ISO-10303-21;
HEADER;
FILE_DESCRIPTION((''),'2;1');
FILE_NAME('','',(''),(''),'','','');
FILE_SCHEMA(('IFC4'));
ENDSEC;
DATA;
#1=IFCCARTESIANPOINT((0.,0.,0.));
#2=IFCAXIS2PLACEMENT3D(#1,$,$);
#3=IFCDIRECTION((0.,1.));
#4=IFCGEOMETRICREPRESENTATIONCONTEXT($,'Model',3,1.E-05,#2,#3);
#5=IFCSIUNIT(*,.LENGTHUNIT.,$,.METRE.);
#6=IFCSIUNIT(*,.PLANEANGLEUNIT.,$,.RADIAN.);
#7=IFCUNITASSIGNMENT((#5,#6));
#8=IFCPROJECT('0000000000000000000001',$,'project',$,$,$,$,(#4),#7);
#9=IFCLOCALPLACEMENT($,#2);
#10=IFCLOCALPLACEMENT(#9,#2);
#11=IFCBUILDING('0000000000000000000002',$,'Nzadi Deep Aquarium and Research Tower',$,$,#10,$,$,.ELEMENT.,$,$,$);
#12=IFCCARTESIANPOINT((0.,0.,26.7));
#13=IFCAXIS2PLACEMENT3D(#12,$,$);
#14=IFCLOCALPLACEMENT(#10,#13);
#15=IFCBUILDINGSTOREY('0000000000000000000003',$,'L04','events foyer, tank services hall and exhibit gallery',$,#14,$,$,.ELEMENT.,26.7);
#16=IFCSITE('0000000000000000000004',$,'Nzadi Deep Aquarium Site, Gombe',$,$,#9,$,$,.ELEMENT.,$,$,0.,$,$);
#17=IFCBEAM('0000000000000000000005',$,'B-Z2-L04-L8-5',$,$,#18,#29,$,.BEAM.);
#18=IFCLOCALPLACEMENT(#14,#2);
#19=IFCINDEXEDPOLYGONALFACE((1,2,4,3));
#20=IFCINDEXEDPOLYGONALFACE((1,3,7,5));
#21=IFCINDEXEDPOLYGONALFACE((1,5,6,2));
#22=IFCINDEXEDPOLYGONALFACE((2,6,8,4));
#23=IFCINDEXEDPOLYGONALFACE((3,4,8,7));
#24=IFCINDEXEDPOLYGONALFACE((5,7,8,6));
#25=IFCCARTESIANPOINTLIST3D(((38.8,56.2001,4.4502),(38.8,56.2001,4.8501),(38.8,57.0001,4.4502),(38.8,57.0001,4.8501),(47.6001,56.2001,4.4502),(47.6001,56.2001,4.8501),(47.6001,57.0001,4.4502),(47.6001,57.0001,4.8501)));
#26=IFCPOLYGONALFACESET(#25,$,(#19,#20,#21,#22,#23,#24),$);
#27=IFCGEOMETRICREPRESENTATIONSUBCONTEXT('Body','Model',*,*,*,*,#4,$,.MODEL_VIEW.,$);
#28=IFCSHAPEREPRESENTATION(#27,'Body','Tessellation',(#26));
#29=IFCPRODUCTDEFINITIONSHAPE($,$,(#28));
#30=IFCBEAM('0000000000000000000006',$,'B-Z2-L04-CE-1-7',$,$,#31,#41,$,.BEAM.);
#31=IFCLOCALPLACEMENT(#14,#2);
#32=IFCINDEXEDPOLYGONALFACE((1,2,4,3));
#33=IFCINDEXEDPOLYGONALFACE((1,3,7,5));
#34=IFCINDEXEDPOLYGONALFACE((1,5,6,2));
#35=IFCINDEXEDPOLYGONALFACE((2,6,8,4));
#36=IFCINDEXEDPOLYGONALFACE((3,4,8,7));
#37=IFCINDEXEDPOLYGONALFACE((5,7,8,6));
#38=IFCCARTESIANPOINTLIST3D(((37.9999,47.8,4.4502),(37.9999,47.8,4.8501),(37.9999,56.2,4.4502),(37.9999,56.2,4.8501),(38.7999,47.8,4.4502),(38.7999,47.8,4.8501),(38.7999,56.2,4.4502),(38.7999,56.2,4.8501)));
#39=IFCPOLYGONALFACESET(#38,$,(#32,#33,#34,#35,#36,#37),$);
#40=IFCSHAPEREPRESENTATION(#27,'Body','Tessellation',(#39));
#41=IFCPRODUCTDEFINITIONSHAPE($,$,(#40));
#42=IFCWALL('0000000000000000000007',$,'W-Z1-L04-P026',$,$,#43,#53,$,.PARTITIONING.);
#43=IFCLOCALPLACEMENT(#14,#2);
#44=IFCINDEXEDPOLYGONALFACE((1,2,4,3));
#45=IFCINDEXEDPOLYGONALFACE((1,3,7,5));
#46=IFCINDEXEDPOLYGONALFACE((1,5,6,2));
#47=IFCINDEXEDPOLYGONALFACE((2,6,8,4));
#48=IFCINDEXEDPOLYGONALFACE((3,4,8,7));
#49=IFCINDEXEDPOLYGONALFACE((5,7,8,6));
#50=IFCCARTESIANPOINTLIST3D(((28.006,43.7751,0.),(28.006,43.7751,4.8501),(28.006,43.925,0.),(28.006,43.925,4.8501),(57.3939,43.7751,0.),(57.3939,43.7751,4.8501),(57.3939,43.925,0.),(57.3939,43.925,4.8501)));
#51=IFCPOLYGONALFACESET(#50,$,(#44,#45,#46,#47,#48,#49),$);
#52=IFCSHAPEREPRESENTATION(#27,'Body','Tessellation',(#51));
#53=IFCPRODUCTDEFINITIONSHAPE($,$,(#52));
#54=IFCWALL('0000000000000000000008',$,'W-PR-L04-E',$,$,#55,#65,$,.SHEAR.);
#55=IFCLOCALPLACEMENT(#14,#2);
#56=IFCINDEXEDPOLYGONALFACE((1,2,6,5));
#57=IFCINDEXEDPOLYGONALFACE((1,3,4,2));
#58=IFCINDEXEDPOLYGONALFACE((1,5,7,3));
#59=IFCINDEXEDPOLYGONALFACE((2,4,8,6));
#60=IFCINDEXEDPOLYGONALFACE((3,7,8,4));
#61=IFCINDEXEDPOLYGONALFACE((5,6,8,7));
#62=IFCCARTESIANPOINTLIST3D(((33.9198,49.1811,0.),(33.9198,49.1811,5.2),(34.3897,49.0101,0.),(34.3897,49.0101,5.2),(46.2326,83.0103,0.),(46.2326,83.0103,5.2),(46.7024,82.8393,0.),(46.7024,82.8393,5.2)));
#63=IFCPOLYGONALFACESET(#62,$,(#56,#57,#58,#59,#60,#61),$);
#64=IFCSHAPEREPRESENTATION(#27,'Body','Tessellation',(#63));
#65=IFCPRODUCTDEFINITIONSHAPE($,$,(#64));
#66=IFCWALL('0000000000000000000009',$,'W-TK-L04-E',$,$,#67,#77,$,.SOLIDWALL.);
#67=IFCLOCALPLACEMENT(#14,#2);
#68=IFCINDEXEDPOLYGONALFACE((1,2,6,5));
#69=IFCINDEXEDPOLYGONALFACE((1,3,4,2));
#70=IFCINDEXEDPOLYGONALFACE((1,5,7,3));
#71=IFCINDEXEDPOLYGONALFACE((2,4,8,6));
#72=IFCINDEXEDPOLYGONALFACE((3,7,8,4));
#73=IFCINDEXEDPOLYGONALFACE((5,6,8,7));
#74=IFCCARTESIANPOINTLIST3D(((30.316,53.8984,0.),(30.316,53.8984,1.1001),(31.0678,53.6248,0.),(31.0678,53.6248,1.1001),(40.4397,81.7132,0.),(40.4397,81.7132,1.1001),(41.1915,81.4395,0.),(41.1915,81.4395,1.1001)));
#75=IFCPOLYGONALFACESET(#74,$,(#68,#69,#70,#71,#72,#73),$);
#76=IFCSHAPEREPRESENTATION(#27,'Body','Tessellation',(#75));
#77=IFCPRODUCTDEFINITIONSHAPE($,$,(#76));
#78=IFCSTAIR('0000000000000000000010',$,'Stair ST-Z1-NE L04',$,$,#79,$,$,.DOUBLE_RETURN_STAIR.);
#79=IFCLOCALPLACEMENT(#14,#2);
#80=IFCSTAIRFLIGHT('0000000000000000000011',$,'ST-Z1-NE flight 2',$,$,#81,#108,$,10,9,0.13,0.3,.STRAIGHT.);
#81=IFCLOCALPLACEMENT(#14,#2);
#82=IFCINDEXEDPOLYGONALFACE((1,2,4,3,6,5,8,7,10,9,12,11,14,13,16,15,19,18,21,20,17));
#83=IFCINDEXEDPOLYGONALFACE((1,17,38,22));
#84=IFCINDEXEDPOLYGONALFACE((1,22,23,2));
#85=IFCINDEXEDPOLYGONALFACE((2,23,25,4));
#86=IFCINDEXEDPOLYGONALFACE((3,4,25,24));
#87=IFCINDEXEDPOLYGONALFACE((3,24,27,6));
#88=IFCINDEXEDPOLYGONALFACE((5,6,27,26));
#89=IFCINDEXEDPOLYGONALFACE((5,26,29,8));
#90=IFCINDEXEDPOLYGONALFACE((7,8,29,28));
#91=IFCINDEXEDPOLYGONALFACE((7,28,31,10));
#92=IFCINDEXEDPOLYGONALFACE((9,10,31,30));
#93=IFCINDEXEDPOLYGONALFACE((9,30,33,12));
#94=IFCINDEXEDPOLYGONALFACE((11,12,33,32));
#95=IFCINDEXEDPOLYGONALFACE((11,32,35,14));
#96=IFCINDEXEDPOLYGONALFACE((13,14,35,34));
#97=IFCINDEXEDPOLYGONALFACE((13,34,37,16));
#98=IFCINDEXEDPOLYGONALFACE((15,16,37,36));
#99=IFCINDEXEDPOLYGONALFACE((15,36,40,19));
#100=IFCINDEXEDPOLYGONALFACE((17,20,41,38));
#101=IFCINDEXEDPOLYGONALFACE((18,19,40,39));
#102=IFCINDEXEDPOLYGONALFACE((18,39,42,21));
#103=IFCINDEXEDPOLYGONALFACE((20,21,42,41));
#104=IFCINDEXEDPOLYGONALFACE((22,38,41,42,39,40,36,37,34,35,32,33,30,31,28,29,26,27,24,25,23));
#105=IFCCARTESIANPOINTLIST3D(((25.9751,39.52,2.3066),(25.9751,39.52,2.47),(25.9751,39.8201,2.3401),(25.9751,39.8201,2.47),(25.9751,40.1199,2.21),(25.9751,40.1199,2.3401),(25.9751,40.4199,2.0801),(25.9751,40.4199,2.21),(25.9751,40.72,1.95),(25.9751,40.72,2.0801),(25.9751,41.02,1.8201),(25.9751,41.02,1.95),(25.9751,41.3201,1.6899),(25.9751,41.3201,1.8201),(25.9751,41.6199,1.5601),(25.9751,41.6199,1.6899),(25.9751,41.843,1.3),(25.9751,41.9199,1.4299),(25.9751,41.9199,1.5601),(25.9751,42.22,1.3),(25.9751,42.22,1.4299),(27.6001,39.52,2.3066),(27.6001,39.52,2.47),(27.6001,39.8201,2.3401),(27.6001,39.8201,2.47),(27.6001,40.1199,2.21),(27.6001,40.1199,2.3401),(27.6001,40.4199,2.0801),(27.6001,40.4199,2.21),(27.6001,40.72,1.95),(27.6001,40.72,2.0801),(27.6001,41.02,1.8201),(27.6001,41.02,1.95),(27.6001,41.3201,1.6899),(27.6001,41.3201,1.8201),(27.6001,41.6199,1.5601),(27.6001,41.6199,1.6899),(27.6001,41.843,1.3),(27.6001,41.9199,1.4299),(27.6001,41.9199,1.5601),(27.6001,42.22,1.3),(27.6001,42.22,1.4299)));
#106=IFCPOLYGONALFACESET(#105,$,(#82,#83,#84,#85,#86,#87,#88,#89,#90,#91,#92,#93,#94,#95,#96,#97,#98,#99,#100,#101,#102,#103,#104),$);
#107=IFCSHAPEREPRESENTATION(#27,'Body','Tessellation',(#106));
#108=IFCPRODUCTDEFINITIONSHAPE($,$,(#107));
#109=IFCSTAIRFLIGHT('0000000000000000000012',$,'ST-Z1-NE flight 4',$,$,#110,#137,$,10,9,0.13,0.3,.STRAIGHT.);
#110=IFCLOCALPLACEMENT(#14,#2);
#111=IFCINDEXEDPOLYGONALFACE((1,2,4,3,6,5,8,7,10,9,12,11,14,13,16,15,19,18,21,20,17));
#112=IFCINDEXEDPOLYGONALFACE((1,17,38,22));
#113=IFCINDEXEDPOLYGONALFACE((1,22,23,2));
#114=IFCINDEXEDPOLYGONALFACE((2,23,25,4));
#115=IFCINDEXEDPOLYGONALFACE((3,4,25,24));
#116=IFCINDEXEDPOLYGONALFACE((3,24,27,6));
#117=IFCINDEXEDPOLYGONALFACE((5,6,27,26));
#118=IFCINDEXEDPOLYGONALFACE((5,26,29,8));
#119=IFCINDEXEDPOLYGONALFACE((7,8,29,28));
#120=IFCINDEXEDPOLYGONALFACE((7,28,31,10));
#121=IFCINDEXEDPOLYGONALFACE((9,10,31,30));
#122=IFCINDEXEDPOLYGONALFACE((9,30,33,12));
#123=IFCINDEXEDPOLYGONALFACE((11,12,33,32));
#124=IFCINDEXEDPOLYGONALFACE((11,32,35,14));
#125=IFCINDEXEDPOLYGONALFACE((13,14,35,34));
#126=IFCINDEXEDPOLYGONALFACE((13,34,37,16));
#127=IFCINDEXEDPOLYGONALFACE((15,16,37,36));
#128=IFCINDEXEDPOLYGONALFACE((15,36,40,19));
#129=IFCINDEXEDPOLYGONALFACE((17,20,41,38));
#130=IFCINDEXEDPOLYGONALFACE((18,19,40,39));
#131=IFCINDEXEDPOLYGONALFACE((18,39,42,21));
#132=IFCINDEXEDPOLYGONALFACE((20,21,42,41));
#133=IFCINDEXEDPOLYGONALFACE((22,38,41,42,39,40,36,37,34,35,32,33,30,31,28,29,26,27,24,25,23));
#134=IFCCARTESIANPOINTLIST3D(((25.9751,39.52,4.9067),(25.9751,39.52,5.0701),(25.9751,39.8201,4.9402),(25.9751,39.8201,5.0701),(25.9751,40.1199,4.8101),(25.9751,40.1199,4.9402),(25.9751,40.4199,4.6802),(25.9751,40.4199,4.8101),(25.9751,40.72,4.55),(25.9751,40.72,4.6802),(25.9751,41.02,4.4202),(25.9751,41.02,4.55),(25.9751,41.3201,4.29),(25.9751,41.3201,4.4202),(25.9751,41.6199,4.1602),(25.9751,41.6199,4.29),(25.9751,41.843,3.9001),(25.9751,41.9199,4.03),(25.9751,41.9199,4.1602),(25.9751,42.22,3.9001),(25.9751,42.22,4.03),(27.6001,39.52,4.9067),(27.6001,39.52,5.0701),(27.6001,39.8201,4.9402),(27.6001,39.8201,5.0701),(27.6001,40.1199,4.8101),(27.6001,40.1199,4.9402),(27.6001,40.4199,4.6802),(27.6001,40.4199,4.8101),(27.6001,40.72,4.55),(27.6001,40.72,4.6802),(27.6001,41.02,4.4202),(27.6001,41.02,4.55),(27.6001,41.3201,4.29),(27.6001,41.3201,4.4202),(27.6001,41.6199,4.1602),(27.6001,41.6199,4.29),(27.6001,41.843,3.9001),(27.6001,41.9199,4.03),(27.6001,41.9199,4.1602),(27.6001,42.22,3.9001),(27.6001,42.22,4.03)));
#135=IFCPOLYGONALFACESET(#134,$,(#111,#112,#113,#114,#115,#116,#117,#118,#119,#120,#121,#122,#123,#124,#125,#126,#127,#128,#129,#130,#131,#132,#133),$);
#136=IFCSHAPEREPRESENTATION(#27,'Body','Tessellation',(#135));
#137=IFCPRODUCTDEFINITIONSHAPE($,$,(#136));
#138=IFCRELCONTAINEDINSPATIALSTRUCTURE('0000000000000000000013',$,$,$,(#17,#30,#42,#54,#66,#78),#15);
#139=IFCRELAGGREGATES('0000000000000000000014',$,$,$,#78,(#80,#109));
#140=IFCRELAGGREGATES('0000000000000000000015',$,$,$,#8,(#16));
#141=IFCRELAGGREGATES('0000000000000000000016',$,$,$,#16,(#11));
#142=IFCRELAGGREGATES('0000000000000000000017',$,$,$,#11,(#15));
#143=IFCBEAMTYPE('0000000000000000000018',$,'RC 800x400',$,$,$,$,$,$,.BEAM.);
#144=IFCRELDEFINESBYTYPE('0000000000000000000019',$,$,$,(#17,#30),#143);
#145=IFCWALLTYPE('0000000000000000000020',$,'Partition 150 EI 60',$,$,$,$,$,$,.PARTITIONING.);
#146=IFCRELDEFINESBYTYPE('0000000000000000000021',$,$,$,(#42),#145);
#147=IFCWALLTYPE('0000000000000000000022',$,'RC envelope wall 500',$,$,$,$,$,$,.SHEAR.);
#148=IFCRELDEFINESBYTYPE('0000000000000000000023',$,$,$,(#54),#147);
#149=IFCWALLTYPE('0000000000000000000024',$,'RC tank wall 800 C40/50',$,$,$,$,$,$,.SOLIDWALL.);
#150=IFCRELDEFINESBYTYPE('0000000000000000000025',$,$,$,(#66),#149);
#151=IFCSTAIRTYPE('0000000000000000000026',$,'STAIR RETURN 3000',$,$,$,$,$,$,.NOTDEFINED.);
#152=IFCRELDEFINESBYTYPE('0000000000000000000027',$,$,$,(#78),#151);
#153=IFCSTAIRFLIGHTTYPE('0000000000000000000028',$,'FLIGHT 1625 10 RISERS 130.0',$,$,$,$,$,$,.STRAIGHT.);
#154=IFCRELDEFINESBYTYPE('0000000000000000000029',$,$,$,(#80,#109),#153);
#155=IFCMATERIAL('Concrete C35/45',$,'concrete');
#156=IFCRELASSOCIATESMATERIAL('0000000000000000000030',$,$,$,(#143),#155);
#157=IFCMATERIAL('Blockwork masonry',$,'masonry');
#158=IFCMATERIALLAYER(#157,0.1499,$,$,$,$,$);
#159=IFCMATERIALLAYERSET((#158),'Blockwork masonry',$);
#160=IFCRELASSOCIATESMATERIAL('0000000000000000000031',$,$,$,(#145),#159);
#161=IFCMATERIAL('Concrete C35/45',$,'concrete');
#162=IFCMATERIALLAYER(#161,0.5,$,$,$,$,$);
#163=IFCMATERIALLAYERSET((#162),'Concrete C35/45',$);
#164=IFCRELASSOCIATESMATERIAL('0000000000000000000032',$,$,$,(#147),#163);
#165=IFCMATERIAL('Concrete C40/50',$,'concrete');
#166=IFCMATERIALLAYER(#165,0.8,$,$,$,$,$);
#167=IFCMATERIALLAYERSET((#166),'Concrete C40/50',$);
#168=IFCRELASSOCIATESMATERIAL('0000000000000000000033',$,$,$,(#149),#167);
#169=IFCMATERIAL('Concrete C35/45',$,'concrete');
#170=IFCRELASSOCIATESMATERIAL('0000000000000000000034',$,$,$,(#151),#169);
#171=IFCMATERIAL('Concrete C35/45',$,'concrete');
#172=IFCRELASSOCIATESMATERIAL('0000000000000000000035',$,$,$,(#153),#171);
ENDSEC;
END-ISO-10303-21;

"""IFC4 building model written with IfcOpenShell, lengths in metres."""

from ifc_helpers import new_model, si_unit, direction, frame, frame_2d, origin, origin_2d, place, context, subcontext, project, spatial, polyline, rectangle, outline, extrude, material, layer, layer_set, material_profile, profile_set, type_object, element, aggregate, save


model = new_model("IFC4")

# Units and contexts
model_context = context("Model", 3, precision=1e-05, world=origin(), true_north=direction((0.0, 1.0)))
body_context = subcontext(model_context, "Body", "Model", "MODEL_VIEW")
ifc_project = project(units=[si_unit("LENGTHUNIT", "METRE"), si_unit("PLANEANGLEUNIT", "RADIAN")], contexts=[model_context])

# Site, building, storey
site_placement = place(None, origin())
site = spatial("IfcSite", under=ifc_project, at=site_placement, Name="Nzadi Deep Aquarium Site, Gombe", CompositionType="ELEMENT", RefElevation=0.0)
building_placement = place(site_placement, origin())
building = spatial("IfcBuilding", under=site, at=building_placement, Name="Nzadi Deep Aquarium and Research Tower", CompositionType="ELEMENT")
storey_placement = place(building_placement, frame((0.0, 0.0, 26.7)))
storey = spatial("IfcBuildingStorey", under=building, at=storey_placement, Name="L04", Description="events foyer, tank services hall and exhibit gallery", CompositionType="ELEMENT", Elevation=26.7)

# Beams
ifc_material_1 = material(Name="Concrete C35/45", Category="concrete")
ifc_material_profile_1 = material_profile(ifc_material_1, rectangle(XDim=0.8, YDim=0.3999, at=origin_2d()))
ifc_profile_set_1 = profile_set([ifc_material_profile_1], Name="Concrete C35/45")
beam_type_1 = type_object("IfcBeamType", Name="RC 800x400", PredefinedType="BEAM", material=ifc_profile_set_1)
beam_1_placement = place(storey_placement, frame((38.8, 56.6001, 4.6501), z_axis=(1.0, 0.0, 0.0), x_axis=(0.0, 1.0, 0.0)))
element("IfcBeam", 1, at=beam_1_placement, inside=storey, type_object=beam_type_1, Name="B-Z2-L04-L8-5", PredefinedType="BEAM", context=body_context, shape_type="SweptSolid", body=[
    extrude(rectangle(XDim=0.8, YDim=0.3999, at=origin_2d()), origin(), (0.0, 0.0, 1.0), 8.8),
])
beam_2_placement = place(storey_placement, frame((38.3999, 47.8, 4.6501), z_axis=(0.0, 1.0, 0.0), x_axis=(-1.0, 0.0, 0.0)))
element("IfcBeam", 2, at=beam_2_placement, inside=storey, type_object=beam_type_1, Name="B-Z2-L04-CE-1-7", PredefinedType="BEAM", context=body_context, shape_type="SweptSolid", body=[
    extrude(rectangle(XDim=0.8, YDim=0.3999, at=origin_2d()), origin(), (0.0, 0.0, 1.0), 8.3999),
])

# Walls
ifc_material_2 = material(Name="Blockwork masonry", Category="masonry")
ifc_layer_1 = layer(ifc_material_2, 0.1499)
ifc_layer_set_1 = layer_set([ifc_layer_1], Name="Blockwork masonry")
wall_type_1 = type_object("IfcWallType", Name="Partition 150 EI 60", PredefinedType="PARTITIONING", material=ifc_layer_set_1)
wall_1_placement = place(storey_placement, frame((28.0061, 43.8501, 0.0), z_axis=(0.0, 0.0, 1.0), x_axis=(1.0, 0.0, 0.0)))
element("IfcWall", 3, at=wall_1_placement, inside=storey, type_object=wall_type_1, Name="W-Z1-L04-P026", PredefinedType="PARTITIONING", context=body_context, shape_type="SweptSolid", body=[
    extrude(rectangle(XDim=29.3879, YDim=0.1499, at=frame_2d((14.6938, 0.0))), origin(), (0.0, 0.0, 1.0), 4.8501),
])
ifc_material_3 = material(Name="Concrete C35/45", Category="concrete")
ifc_layer_2 = layer(ifc_material_3, 0.5)
ifc_layer_set_2 = layer_set([ifc_layer_2], Name="Concrete C35/45")
wall_type_2 = type_object("IfcWallType", Name="RC envelope wall 500", PredefinedType="SHEAR", material=ifc_layer_set_2)
wall_2_placement = place(storey_placement, frame((34.1548, 49.0957, 0.0), z_axis=(0.0, 0.0, 1.0), x_axis=(0.342019, 0.939693, 0.0)))
element("IfcWall", 4, at=wall_2_placement, inside=storey, type_object=wall_type_2, Name="W-PR-L04-E", PredefinedType="SHEAR", context=body_context, shape_type="SweptSolid", body=[
    extrude(rectangle(XDim=36.0002, YDim=0.5, at=frame_2d((18.0, 0.0))), origin(), (0.0, 0.0, 1.0), 5.2),
])
ifc_material_4 = material(Name="Concrete C40/50", Category="concrete")
ifc_layer_3 = layer(ifc_material_4, 0.8)
ifc_layer_set_3 = layer_set([ifc_layer_3], Name="Concrete C40/50")
wall_type_3 = type_object("IfcWallType", Name="RC tank wall 800 C40/50", PredefinedType="SOLIDWALL", material=ifc_layer_set_3)
wall_3_placement = place(storey_placement, frame((30.6919, 53.7617, 0.0), z_axis=(0.0, 0.0, 1.0), x_axis=(0.342022, 0.939692, 0.0)))
element("IfcWall", 5, at=wall_3_placement, inside=storey, type_object=wall_type_3, Name="W-TK-L04-E", PredefinedType="SOLIDWALL", context=body_context, shape_type="SweptSolid", body=[
    extrude(rectangle(XDim=29.5999, YDim=0.8, at=frame_2d((14.7998, 0.0))), origin(), (0.0, 0.0, 1.0), 1.1001),
])

# Stair, stair flights
ifc_material_5 = material(Name="Concrete C35/45", Category="concrete")
stair_type = type_object("IfcStairType", Name="STAIR RETURN 3000", PredefinedType="NOTDEFINED", material=ifc_material_5)
stair_placement = place(storey_placement, origin())
stair = element("IfcStair", 6, at=stair_placement, inside=storey, type_object=stair_type, Name="Stair ST-Z1-NE L04", PredefinedType="DOUBLE_RETURN_STAIR")
ifc_material_6 = material(Name="Concrete C35/45", Category="concrete")
stair_flight_type = type_object("IfcStairFlightType", Name="FLIGHT 1625 10 RISERS 130.0", PredefinedType="STRAIGHT", material=ifc_material_6)
stair_flight_1_placement = place(storey_placement, frame((26.7876, 42.22, 1.3), z_axis=(0.0, 0.0, 1.0), x_axis=(0.0, -1.0, 0.0)))
stair_flight_1 = element("IfcStairFlight", 7, at=stair_flight_1_placement, type_object=stair_flight_type, Name="ST-Z1-NE flight 2", NumberOfRisers=10, NumberOfTreads=9, PredefinedType="STRAIGHT", RiserHeight=0.13, TreadLength=0.3, context=body_context, shape_type="SweptSolid", body=[
    extrude(outline(polyline([(0.0, 0.0), (0.0, 0.1299), (0.3, 0.1299), (0.3, 0.26), (0.6001, 0.26), (0.6001, 0.3899), (0.8999, 0.3899), (0.8999, 0.52), (1.2, 0.52), (1.2, 0.6499), (1.5, 0.6499), (1.5, 0.78), (1.8, 0.78), (1.8, 0.9099), (2.1001, 0.9099), (2.1001, 1.04), (2.3999, 1.04), (2.3999, 1.1699), (2.7, 1.1699), (2.7, 1.3), (2.7, 1.0066), (0.377, 0.0), (0.0, 0.0)])), frame((0.0, 0.8125, 0.0), z_axis=(0.0, -1.0, 0.0), x_axis=(1.0, 0.0, 0.0)), (0.0, 0.0, 1.0), 1.625),
])
stair_flight_2_placement = place(storey_placement, frame((26.7876, 42.22, 3.9001), z_axis=(0.0, 0.0, 1.0), x_axis=(0.0, -1.0, 0.0)))
stair_flight_2 = element("IfcStairFlight", 8, at=stair_flight_2_placement, type_object=stair_flight_type, Name="ST-Z1-NE flight 4", NumberOfRisers=10, NumberOfTreads=9, PredefinedType="STRAIGHT", RiserHeight=0.13, TreadLength=0.3, context=body_context, shape_type="SweptSolid", body=[
    extrude(outline(polyline([(0.0, 0.0), (0.0, 0.1299), (0.3, 0.1299), (0.3, 0.26), (0.6001, 0.26), (0.6001, 0.3899), (0.8999, 0.3899), (0.8999, 0.52), (1.2, 0.52), (1.2, 0.6499), (1.5, 0.6499), (1.5, 0.78), (1.8, 0.78), (1.8, 0.9099), (2.1001, 0.9099), (2.1001, 1.04), (2.3999, 1.04), (2.3999, 1.1699), (2.7, 1.1699), (2.7, 1.3), (2.7, 1.0066), (0.377, 0.0), (0.0, 0.0)])), frame((0.0, 0.8125, 0.0), z_axis=(0.0, -1.0, 0.0), x_axis=(1.0, 0.0, 0.0)), (0.0, 0.0, 1.0), 1.625),
])
aggregate(stair, [stair_flight_1, stair_flight_2])

save(model, "model.ifc")
